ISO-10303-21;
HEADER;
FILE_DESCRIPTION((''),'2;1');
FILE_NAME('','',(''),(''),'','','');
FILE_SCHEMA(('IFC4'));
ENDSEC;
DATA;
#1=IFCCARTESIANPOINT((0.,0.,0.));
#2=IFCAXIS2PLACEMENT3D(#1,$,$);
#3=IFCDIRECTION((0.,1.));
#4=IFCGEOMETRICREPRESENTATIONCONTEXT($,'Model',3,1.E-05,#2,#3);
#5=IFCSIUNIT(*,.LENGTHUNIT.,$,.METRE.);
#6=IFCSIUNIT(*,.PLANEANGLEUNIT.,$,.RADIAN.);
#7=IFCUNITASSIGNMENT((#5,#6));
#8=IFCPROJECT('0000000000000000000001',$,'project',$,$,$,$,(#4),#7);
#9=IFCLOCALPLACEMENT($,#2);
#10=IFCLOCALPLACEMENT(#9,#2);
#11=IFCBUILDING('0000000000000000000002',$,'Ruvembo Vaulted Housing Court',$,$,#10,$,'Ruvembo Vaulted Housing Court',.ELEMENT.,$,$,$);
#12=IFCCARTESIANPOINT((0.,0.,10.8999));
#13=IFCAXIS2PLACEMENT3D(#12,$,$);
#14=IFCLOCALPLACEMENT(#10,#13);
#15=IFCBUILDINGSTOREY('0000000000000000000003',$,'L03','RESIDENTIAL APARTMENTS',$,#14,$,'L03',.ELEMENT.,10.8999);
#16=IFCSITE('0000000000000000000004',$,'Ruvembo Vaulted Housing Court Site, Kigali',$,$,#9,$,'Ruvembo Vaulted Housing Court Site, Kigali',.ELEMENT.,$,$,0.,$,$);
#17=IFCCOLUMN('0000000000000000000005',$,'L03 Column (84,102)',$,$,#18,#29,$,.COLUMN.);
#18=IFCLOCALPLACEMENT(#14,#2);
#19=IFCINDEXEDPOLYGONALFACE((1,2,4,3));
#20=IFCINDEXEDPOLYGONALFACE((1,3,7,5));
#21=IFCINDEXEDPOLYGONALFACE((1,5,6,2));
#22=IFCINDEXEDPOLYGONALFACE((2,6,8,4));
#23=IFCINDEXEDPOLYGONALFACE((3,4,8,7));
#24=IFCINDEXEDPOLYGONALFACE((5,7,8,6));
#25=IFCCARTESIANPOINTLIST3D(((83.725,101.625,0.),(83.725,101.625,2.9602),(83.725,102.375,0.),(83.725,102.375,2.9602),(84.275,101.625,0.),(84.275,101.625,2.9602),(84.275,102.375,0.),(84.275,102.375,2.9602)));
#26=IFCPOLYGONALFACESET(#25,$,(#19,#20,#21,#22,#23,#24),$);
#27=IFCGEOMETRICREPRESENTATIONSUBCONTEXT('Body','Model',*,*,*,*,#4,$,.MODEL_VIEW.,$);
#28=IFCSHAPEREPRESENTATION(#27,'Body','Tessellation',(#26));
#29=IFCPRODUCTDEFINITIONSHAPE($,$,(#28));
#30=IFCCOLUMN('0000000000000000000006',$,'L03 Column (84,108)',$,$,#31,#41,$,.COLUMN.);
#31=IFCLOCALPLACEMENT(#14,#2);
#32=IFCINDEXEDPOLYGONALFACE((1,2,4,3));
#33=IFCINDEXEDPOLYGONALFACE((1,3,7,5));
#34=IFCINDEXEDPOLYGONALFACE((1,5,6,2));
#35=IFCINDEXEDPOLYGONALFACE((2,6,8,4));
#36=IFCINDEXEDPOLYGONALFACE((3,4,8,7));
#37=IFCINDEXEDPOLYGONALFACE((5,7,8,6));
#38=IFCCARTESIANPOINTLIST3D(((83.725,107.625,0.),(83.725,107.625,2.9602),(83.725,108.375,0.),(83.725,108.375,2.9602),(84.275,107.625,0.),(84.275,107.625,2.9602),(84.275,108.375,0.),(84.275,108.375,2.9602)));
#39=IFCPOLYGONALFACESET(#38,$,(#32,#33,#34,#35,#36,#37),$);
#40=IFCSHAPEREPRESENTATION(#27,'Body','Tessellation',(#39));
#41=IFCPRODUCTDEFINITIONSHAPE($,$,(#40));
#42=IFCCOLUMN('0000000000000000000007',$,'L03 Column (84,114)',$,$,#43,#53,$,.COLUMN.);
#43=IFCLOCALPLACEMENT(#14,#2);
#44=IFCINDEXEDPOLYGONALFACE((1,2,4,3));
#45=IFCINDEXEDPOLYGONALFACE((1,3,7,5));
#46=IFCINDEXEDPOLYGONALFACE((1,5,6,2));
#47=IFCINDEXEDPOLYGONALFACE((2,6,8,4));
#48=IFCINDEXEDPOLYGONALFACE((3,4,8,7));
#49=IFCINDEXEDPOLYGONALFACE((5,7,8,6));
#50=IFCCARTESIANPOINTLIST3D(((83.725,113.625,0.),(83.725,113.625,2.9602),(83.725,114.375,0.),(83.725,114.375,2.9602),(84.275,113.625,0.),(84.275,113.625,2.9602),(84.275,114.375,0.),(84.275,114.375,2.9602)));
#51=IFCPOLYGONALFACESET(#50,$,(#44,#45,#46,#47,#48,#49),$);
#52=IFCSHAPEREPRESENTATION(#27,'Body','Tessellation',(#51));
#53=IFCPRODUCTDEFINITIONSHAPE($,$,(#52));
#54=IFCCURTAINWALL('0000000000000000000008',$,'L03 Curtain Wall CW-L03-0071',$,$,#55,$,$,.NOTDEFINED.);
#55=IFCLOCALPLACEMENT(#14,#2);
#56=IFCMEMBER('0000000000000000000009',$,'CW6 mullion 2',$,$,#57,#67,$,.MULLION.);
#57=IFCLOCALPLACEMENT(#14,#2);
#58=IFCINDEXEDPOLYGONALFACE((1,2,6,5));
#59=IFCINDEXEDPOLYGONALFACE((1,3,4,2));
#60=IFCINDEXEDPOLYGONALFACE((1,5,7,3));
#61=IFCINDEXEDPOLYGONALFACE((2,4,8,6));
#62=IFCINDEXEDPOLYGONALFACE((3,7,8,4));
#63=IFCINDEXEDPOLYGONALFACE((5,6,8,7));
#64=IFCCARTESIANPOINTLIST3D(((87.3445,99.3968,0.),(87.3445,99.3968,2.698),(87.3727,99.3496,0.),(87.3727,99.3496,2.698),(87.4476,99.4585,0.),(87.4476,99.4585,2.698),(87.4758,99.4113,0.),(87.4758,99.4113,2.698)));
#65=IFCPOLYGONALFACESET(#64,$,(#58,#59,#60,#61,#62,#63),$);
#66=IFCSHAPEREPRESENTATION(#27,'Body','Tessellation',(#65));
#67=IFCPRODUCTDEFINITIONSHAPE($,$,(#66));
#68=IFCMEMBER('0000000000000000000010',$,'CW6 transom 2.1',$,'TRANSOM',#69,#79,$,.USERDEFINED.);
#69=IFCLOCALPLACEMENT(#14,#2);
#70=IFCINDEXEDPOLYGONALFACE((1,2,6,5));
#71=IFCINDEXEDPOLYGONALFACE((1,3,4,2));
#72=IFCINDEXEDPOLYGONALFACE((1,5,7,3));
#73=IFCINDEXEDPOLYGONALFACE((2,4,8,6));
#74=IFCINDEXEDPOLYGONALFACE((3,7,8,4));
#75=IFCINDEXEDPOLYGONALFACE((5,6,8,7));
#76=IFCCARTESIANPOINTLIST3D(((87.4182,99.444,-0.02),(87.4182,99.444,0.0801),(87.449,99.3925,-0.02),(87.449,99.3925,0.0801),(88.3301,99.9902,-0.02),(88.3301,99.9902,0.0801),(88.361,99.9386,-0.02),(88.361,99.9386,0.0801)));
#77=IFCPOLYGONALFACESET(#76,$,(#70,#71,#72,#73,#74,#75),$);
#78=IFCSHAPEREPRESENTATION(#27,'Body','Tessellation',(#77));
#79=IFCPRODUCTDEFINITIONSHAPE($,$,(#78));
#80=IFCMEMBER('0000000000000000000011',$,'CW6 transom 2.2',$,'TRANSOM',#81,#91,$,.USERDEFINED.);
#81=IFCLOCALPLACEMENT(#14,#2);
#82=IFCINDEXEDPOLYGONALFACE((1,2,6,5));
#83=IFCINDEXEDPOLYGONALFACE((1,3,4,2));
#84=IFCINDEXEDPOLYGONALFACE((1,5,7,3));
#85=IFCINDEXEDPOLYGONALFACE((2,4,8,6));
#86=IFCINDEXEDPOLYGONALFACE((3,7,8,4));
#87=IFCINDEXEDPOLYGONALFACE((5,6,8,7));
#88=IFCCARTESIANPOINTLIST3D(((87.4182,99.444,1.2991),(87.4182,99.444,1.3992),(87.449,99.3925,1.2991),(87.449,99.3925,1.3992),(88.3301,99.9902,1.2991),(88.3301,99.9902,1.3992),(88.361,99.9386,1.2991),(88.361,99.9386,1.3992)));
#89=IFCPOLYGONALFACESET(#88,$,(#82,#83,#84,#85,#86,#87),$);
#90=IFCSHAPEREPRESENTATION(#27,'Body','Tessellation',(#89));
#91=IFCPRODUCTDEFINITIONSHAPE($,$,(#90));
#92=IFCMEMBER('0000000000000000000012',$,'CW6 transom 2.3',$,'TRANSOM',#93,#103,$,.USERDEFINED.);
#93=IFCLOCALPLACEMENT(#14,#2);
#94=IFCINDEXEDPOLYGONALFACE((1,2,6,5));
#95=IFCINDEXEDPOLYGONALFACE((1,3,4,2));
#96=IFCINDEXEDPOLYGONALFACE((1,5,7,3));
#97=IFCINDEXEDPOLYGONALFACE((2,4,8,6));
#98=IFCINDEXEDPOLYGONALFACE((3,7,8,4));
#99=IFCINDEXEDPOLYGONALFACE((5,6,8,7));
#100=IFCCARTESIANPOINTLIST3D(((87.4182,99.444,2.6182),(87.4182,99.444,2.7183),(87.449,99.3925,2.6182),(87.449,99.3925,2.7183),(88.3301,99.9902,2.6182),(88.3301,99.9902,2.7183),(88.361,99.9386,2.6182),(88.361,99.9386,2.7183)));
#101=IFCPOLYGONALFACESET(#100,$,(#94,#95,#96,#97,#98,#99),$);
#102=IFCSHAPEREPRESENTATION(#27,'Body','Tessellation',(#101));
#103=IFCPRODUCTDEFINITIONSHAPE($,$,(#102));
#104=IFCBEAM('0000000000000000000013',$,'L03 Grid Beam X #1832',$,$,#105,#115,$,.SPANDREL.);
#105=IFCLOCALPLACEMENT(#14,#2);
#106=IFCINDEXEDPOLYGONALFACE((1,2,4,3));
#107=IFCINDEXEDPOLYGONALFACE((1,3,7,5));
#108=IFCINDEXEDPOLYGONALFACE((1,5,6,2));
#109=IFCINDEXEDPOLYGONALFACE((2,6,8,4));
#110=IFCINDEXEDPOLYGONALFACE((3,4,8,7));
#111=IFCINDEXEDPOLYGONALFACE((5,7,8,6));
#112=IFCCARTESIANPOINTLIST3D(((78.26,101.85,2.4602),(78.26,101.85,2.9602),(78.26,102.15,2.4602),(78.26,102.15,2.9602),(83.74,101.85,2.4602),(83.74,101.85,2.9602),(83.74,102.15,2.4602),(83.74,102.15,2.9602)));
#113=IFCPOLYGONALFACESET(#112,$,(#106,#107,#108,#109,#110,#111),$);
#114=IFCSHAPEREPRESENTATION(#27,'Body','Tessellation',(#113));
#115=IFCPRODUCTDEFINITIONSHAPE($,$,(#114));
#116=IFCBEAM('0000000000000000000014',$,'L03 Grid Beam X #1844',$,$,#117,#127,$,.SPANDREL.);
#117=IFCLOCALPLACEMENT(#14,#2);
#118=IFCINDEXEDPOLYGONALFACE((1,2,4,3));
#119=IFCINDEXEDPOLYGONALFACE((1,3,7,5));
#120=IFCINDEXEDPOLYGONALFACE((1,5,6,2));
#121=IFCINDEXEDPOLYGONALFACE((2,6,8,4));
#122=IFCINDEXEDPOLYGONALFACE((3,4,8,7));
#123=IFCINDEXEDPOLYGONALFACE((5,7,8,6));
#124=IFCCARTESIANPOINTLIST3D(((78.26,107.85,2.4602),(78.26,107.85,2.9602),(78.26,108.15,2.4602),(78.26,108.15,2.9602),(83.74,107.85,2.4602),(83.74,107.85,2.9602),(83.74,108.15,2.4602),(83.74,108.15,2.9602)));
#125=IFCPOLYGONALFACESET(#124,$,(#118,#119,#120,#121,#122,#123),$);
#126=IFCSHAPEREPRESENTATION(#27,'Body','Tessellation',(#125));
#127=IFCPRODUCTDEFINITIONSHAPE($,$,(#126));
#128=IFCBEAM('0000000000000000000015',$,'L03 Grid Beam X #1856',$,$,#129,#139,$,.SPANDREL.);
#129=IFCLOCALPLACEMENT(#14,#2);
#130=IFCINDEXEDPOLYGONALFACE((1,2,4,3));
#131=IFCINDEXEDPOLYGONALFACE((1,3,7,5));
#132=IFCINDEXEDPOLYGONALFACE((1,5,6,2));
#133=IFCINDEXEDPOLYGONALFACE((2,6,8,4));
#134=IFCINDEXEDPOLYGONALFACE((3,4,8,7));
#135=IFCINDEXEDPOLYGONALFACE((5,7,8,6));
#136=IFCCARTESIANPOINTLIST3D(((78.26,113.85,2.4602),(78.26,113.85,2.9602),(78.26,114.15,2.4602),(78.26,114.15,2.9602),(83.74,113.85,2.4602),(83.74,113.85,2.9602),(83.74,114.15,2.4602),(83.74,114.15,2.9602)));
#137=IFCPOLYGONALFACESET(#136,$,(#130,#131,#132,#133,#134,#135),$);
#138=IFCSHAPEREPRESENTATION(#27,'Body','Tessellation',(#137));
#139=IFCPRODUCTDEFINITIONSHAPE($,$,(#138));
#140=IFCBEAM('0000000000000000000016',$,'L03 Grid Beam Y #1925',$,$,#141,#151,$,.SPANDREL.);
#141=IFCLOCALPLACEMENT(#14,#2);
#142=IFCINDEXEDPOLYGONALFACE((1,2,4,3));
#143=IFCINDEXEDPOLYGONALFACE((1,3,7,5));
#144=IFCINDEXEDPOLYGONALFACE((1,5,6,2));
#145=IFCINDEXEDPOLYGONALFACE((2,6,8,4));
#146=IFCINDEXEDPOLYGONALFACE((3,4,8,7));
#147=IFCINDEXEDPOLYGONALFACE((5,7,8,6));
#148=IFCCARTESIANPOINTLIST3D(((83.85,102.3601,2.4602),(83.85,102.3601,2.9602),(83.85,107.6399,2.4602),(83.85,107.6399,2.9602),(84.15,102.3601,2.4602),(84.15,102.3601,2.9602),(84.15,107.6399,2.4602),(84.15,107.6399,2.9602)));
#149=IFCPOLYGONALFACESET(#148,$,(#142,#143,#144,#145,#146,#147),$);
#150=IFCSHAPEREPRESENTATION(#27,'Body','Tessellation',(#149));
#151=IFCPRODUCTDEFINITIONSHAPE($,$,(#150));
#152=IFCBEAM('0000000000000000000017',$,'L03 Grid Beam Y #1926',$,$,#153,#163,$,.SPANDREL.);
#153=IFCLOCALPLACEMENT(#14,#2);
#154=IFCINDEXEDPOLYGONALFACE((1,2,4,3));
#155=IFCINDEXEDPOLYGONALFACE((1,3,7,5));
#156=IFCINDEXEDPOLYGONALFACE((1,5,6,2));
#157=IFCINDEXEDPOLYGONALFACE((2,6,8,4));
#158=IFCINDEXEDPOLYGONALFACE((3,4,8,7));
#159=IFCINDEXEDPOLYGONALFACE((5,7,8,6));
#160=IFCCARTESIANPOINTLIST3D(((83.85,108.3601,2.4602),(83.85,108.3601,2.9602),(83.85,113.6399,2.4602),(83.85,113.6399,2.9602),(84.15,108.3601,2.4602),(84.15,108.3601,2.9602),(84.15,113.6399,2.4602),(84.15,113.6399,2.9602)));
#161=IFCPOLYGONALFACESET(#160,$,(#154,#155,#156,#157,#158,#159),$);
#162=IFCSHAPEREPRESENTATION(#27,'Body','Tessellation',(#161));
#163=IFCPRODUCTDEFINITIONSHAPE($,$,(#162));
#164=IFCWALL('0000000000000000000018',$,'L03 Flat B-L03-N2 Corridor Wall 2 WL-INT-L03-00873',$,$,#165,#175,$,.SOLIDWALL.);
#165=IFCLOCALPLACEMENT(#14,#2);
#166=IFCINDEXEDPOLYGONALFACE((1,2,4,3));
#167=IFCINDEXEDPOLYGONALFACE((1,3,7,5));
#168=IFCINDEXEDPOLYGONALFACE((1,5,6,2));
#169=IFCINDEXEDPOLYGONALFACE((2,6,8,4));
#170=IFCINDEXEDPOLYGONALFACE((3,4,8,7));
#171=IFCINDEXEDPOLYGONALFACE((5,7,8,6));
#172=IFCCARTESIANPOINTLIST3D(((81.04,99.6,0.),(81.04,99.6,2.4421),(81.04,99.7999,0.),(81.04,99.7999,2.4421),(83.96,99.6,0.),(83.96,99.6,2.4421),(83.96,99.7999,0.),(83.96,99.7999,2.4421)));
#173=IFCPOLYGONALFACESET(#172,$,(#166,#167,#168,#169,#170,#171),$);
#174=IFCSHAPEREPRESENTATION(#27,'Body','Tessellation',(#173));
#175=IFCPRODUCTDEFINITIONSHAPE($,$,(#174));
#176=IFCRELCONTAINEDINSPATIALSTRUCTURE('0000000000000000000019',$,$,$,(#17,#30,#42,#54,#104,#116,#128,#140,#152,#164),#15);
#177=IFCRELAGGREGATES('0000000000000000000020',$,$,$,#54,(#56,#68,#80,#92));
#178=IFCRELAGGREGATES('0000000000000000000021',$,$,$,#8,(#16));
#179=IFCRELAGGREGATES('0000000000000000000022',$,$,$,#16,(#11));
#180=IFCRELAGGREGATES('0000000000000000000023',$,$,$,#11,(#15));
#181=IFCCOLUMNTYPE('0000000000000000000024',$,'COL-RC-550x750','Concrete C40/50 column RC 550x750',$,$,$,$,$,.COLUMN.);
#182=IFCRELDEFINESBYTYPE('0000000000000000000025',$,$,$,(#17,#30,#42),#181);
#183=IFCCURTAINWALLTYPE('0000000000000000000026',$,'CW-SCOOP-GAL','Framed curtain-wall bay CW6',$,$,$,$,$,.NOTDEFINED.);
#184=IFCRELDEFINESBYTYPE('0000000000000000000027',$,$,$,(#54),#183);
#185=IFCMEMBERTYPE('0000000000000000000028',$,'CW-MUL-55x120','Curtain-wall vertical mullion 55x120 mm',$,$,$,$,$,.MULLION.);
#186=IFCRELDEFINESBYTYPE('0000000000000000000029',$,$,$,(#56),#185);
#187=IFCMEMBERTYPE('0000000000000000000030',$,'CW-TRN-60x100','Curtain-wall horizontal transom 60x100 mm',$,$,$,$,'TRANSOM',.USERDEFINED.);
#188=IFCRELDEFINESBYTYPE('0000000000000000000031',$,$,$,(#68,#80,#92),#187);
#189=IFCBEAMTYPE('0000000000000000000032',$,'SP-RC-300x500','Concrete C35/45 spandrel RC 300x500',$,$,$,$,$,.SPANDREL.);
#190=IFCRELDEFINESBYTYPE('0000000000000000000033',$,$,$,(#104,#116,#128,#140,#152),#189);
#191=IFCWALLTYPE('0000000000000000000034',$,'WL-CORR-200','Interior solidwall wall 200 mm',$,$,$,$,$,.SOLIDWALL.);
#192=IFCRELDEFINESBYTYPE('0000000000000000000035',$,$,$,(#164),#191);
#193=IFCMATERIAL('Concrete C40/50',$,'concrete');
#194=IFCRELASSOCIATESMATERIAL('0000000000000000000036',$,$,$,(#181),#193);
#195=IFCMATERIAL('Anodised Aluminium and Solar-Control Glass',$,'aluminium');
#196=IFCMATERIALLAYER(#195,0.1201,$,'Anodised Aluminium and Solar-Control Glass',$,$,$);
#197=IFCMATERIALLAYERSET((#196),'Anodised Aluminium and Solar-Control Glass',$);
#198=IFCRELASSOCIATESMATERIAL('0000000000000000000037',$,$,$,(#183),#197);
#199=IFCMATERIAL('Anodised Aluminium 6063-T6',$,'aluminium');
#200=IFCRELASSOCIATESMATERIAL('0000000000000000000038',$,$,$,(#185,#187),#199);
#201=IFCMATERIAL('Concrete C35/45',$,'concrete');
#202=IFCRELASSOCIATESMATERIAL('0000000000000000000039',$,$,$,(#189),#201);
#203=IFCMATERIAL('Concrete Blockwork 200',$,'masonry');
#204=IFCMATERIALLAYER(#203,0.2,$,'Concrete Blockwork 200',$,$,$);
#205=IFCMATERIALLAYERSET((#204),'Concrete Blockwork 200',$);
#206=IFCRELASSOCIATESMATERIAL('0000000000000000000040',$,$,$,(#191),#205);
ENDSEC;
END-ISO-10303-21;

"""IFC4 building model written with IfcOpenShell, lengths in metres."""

from ifc_helpers import new_model, si_unit, direction, frame, frame_2d, origin, origin_2d, place, context, subcontext, project, spatial, rectangle, extrude, material, layer, layer_set, material_profile, profile_set, type_object, element, aggregate, save


model = new_model("IFC4")

# Units and contexts
model_context = context("Model", 3, precision=1e-05, world=origin(), true_north=direction((0.0, 1.0)))
body_context = subcontext(model_context, "Body", "Model", "MODEL_VIEW")
ifc_project = project(units=[si_unit("LENGTHUNIT", "METRE"), si_unit("PLANEANGLEUNIT", "RADIAN")], contexts=[model_context])

# Site, building, storey
site_placement = place(None, origin())
site = spatial("IfcSite", under=ifc_project, at=site_placement, Name="Ruvembo Vaulted Housing Court Site, Kigali", LongName="Ruvembo Vaulted Housing Court Site, Kigali", CompositionType="ELEMENT", RefElevation=0.0)
building_placement = place(site_placement, origin())
building = spatial("IfcBuilding", under=site, at=building_placement, Name="Ruvembo Vaulted Housing Court", LongName="Ruvembo Vaulted Housing Court", CompositionType="ELEMENT")
storey_placement = place(building_placement, frame((0.0, 0.0, 10.8999)))
storey = spatial("IfcBuildingStorey", under=building, at=storey_placement, Name="L03", Description="RESIDENTIAL APARTMENTS", LongName="L03", CompositionType="ELEMENT", Elevation=10.8999)

# Columns
ifc_material_1 = material(Name="Concrete C40/50", Category="concrete")
ifc_material_profile_1 = material_profile(ifc_material_1, rectangle(XDim=0.55, YDim=0.75, at=origin_2d()), Name="RC 550x750")
ifc_profile_set_1 = profile_set([ifc_material_profile_1], Name="Concrete C40/50")
column_type = type_object("IfcColumnType", Name="COL-RC-550x750", Description="Concrete C40/50 column RC 550x750", PredefinedType="COLUMN", material=ifc_profile_set_1)
for number, where, z_axis, x_axis, name in (
    (1, (84.0, 102.0, 0.0), (0.0, 0.0, 1.0), (1.0, 0.0, 0.0), "L03 Column (84,102)"),
    (2, (84.0, 108.0, 0.0), (0.0, 0.0, 1.0), (1.0, 0.0, 0.0), "L03 Column (84,108)"),
    (3, (84.0, 114.0, 0.0), (0.0, 0.0, 1.0), (1.0, 0.0, 0.0), "L03 Column (84,114)"),
):
    element("IfcColumn", number, at=place(storey_placement, frame(where, z_axis=z_axis, x_axis=x_axis)), inside=storey, type_object=column_type, Name=name, PredefinedType="COLUMN", context=body_context, shape_type="SweptSolid", body=[
        extrude(rectangle(XDim=0.55, YDim=0.75, at=origin_2d()), origin(), (0.0, 0.0, 1.0), 2.9602),
    ])

# Curtain wall, members
ifc_material_2 = material(Name="Anodised Aluminium and Solar-Control Glass", Category="aluminium")
ifc_layer_1 = layer(ifc_material_2, 0.1201, Name="Anodised Aluminium and Solar-Control Glass")
ifc_layer_set_1 = layer_set([ifc_layer_1], Name="Anodised Aluminium and Solar-Control Glass")
curtain_wall_type = type_object("IfcCurtainWallType", Name="CW-SCOOP-GAL", Description="Framed curtain-wall bay CW6", PredefinedType="NOTDEFINED", material=ifc_layer_set_1)
curtain_wall_placement = place(storey_placement, origin())
curtain_wall = element("IfcCurtainWall", 4, at=curtain_wall_placement, inside=storey, type_object=curtain_wall_type, Name="L03 Curtain Wall CW-L03-0071", PredefinedType="NOTDEFINED")
ifc_material_3 = material(Name="Anodised Aluminium 6063-T6", Category="aluminium")
ifc_material_profile_2 = material_profile(ifc_material_3, rectangle(XDim=0.0549, YDim=0.1201, at=origin_2d()), Name="ALU 55x120")
ifc_profile_set_2 = profile_set([ifc_material_profile_2], Name="Anodised Aluminium 6063-T6")
member_type_1 = type_object("IfcMemberType", Name="CW-MUL-55x120", Description="Curtain-wall vertical mullion 55x120 mm", PredefinedType="MULLION", material=ifc_profile_set_2)
member_1_placement = place(storey_placement, frame((87.4102, 99.4041, 0.0), z_axis=(0.0, 0.0, 1.0), x_axis=(-0.513828, 0.857893, 0.0)))
member_1 = element("IfcMember", 5, at=member_1_placement, type_object=member_type_1, Name="CW6 mullion 2", PredefinedType="MULLION", context=body_context, shape_type="SweptSolid", body=[
    extrude(rectangle(XDim=0.0549, YDim=0.1201, at=origin_2d()), origin(), (0.0, 0.0, 1.0), 2.698),
])
ifc_material_profile_3 = material_profile(ifc_material_3, rectangle(XDim=0.0601, YDim=0.1001, at=origin_2d()), Name="ALU 60x100")
ifc_profile_set_3 = profile_set([ifc_material_profile_3], Name="Anodised Aluminium 6063-T6")
member_type_2 = type_object("IfcMemberType", Name="CW-TRN-60x100", Description="Curtain-wall horizontal transom 60x100 mm", ElementType="TRANSOM", PredefinedType="USERDEFINED", material=ifc_profile_set_3)
member_2_placement = place(storey_placement, frame((87.4336, 99.4182, 0.03), z_axis=(0.857898, 0.51382, 0.0), x_axis=(-0.51382, 0.857898, 0.0)))
member_2 = element("IfcMember", 6, at=member_2_placement, type_object=member_type_2, Name="CW6 transom 2.1", ObjectType="TRANSOM", PredefinedType="USERDEFINED", context=body_context, shape_type="SweptSolid", body=[
    extrude(rectangle(XDim=0.0601, YDim=0.1001, at=origin_2d()), origin(), (0.0, 0.0, 1.0), 1.063),
])
member_3_placement = place(storey_placement, frame((87.4336, 99.4182, 1.3491), z_axis=(0.857898, 0.51382, 0.0), x_axis=(-0.51382, 0.857898, 0.0)))
member_3 = element("IfcMember", 7, at=member_3_placement, type_object=member_type_2, Name="CW6 transom 2.2", ObjectType="TRANSOM", PredefinedType="USERDEFINED", context=body_context, shape_type="SweptSolid", body=[
    extrude(rectangle(XDim=0.0601, YDim=0.1001, at=origin_2d()), origin(), (0.0, 0.0, 1.0), 1.063),
])
member_4_placement = place(storey_placement, frame((87.4336, 99.4182, 2.6682), z_axis=(0.857898, 0.51382, 0.0), x_axis=(-0.51382, 0.857898, 0.0)))
member_4 = element("IfcMember", 8, at=member_4_placement, type_object=member_type_2, Name="CW6 transom 2.3", ObjectType="TRANSOM", PredefinedType="USERDEFINED", context=body_context, shape_type="SweptSolid", body=[
    extrude(rectangle(XDim=0.0601, YDim=0.1001, at=origin_2d()), origin(), (0.0, 0.0, 1.0), 1.063),
])
aggregate(curtain_wall, [member_1, member_2, member_3, member_4])

# Beams
ifc_material_4 = material(Name="Concrete C35/45", Category="concrete")
ifc_material_profile_4 = material_profile(ifc_material_4, rectangle(XDim=0.3, YDim=0.5, at=origin_2d()), Name="RC 300x500")
ifc_profile_set_4 = profile_set([ifc_material_profile_4], Name="Concrete C35/45")
beam_type = type_object("IfcBeamType", Name="SP-RC-300x500", Description="Concrete C35/45 spandrel RC 300x500", PredefinedType="SPANDREL", material=ifc_profile_set_4)
for number, where, z_axis, x_axis, name in (
    (9, (78.26, 102.0, 2.7102), (1.0, 0.0, 0.0), (0.0, 1.0, 0.0), "L03 Grid Beam X #1832"),
    (10, (78.26, 108.0, 2.7102), (1.0, 0.0, 0.0), (0.0, 1.0, 0.0), "L03 Grid Beam X #1844"),
    (11, (78.26, 114.0, 2.7102), (1.0, 0.0, 0.0), (0.0, 1.0, 0.0), "L03 Grid Beam X #1856"),
):
    element("IfcBeam", number, at=place(storey_placement, frame(where, z_axis=z_axis, x_axis=x_axis)), inside=storey, type_object=beam_type, Name=name, PredefinedType="SPANDREL", context=body_context, shape_type="SweptSolid", body=[
        extrude(rectangle(XDim=0.3, YDim=0.5, at=origin_2d()), origin(), (0.0, 0.0, 1.0), 5.48),
    ])
for number, where, z_axis, x_axis, name in (
    (12, (84.0, 102.3601, 2.7102), (0.0, 1.0, 0.0), (-1.0, 0.0, 0.0), "L03 Grid Beam Y #1925"),
    (13, (84.0, 108.3601, 2.7102), (0.0, 1.0, 0.0), (-1.0, 0.0, 0.0), "L03 Grid Beam Y #1926"),
):
    element("IfcBeam", number, at=place(storey_placement, frame(where, z_axis=z_axis, x_axis=x_axis)), inside=storey, type_object=beam_type, Name=name, PredefinedType="SPANDREL", context=body_context, shape_type="SweptSolid", body=[
        extrude(rectangle(XDim=0.3, YDim=0.5, at=origin_2d()), origin(), (0.0, 0.0, 1.0), 5.2798),
    ])

# Wall
ifc_material_5 = material(Name="Concrete Blockwork 200", Category="masonry")
ifc_layer_2 = layer(ifc_material_5, 0.2, Name="Concrete Blockwork 200")
ifc_layer_set_2 = layer_set([ifc_layer_2], Name="Concrete Blockwork 200")
wall_type_1 = type_object("IfcWallType", Name="WL-CORR-200", Description="Interior solidwall wall 200 mm", PredefinedType="SOLIDWALL", material=ifc_layer_set_2)
wall_1_placement = place(storey_placement, frame((81.04, 99.7, 0.0), z_axis=(0.0, 0.0, 1.0), x_axis=(1.0, 0.0, 0.0)))
element("IfcWall", 14, at=wall_1_placement, inside=storey, type_object=wall_type_1, Name="L03 Flat B-L03-N2 Corridor Wall 2 WL-INT-L03-00873", PredefinedType="SOLIDWALL", context=body_context, shape_type="SweptSolid", body=[
    extrude(rectangle(XDim=2.9199, YDim=0.2, at=frame_2d((1.46, 0.0))), origin(), (0.0, 0.0, 1.0), 2.4421),
])

save(model, "model.ifc")
